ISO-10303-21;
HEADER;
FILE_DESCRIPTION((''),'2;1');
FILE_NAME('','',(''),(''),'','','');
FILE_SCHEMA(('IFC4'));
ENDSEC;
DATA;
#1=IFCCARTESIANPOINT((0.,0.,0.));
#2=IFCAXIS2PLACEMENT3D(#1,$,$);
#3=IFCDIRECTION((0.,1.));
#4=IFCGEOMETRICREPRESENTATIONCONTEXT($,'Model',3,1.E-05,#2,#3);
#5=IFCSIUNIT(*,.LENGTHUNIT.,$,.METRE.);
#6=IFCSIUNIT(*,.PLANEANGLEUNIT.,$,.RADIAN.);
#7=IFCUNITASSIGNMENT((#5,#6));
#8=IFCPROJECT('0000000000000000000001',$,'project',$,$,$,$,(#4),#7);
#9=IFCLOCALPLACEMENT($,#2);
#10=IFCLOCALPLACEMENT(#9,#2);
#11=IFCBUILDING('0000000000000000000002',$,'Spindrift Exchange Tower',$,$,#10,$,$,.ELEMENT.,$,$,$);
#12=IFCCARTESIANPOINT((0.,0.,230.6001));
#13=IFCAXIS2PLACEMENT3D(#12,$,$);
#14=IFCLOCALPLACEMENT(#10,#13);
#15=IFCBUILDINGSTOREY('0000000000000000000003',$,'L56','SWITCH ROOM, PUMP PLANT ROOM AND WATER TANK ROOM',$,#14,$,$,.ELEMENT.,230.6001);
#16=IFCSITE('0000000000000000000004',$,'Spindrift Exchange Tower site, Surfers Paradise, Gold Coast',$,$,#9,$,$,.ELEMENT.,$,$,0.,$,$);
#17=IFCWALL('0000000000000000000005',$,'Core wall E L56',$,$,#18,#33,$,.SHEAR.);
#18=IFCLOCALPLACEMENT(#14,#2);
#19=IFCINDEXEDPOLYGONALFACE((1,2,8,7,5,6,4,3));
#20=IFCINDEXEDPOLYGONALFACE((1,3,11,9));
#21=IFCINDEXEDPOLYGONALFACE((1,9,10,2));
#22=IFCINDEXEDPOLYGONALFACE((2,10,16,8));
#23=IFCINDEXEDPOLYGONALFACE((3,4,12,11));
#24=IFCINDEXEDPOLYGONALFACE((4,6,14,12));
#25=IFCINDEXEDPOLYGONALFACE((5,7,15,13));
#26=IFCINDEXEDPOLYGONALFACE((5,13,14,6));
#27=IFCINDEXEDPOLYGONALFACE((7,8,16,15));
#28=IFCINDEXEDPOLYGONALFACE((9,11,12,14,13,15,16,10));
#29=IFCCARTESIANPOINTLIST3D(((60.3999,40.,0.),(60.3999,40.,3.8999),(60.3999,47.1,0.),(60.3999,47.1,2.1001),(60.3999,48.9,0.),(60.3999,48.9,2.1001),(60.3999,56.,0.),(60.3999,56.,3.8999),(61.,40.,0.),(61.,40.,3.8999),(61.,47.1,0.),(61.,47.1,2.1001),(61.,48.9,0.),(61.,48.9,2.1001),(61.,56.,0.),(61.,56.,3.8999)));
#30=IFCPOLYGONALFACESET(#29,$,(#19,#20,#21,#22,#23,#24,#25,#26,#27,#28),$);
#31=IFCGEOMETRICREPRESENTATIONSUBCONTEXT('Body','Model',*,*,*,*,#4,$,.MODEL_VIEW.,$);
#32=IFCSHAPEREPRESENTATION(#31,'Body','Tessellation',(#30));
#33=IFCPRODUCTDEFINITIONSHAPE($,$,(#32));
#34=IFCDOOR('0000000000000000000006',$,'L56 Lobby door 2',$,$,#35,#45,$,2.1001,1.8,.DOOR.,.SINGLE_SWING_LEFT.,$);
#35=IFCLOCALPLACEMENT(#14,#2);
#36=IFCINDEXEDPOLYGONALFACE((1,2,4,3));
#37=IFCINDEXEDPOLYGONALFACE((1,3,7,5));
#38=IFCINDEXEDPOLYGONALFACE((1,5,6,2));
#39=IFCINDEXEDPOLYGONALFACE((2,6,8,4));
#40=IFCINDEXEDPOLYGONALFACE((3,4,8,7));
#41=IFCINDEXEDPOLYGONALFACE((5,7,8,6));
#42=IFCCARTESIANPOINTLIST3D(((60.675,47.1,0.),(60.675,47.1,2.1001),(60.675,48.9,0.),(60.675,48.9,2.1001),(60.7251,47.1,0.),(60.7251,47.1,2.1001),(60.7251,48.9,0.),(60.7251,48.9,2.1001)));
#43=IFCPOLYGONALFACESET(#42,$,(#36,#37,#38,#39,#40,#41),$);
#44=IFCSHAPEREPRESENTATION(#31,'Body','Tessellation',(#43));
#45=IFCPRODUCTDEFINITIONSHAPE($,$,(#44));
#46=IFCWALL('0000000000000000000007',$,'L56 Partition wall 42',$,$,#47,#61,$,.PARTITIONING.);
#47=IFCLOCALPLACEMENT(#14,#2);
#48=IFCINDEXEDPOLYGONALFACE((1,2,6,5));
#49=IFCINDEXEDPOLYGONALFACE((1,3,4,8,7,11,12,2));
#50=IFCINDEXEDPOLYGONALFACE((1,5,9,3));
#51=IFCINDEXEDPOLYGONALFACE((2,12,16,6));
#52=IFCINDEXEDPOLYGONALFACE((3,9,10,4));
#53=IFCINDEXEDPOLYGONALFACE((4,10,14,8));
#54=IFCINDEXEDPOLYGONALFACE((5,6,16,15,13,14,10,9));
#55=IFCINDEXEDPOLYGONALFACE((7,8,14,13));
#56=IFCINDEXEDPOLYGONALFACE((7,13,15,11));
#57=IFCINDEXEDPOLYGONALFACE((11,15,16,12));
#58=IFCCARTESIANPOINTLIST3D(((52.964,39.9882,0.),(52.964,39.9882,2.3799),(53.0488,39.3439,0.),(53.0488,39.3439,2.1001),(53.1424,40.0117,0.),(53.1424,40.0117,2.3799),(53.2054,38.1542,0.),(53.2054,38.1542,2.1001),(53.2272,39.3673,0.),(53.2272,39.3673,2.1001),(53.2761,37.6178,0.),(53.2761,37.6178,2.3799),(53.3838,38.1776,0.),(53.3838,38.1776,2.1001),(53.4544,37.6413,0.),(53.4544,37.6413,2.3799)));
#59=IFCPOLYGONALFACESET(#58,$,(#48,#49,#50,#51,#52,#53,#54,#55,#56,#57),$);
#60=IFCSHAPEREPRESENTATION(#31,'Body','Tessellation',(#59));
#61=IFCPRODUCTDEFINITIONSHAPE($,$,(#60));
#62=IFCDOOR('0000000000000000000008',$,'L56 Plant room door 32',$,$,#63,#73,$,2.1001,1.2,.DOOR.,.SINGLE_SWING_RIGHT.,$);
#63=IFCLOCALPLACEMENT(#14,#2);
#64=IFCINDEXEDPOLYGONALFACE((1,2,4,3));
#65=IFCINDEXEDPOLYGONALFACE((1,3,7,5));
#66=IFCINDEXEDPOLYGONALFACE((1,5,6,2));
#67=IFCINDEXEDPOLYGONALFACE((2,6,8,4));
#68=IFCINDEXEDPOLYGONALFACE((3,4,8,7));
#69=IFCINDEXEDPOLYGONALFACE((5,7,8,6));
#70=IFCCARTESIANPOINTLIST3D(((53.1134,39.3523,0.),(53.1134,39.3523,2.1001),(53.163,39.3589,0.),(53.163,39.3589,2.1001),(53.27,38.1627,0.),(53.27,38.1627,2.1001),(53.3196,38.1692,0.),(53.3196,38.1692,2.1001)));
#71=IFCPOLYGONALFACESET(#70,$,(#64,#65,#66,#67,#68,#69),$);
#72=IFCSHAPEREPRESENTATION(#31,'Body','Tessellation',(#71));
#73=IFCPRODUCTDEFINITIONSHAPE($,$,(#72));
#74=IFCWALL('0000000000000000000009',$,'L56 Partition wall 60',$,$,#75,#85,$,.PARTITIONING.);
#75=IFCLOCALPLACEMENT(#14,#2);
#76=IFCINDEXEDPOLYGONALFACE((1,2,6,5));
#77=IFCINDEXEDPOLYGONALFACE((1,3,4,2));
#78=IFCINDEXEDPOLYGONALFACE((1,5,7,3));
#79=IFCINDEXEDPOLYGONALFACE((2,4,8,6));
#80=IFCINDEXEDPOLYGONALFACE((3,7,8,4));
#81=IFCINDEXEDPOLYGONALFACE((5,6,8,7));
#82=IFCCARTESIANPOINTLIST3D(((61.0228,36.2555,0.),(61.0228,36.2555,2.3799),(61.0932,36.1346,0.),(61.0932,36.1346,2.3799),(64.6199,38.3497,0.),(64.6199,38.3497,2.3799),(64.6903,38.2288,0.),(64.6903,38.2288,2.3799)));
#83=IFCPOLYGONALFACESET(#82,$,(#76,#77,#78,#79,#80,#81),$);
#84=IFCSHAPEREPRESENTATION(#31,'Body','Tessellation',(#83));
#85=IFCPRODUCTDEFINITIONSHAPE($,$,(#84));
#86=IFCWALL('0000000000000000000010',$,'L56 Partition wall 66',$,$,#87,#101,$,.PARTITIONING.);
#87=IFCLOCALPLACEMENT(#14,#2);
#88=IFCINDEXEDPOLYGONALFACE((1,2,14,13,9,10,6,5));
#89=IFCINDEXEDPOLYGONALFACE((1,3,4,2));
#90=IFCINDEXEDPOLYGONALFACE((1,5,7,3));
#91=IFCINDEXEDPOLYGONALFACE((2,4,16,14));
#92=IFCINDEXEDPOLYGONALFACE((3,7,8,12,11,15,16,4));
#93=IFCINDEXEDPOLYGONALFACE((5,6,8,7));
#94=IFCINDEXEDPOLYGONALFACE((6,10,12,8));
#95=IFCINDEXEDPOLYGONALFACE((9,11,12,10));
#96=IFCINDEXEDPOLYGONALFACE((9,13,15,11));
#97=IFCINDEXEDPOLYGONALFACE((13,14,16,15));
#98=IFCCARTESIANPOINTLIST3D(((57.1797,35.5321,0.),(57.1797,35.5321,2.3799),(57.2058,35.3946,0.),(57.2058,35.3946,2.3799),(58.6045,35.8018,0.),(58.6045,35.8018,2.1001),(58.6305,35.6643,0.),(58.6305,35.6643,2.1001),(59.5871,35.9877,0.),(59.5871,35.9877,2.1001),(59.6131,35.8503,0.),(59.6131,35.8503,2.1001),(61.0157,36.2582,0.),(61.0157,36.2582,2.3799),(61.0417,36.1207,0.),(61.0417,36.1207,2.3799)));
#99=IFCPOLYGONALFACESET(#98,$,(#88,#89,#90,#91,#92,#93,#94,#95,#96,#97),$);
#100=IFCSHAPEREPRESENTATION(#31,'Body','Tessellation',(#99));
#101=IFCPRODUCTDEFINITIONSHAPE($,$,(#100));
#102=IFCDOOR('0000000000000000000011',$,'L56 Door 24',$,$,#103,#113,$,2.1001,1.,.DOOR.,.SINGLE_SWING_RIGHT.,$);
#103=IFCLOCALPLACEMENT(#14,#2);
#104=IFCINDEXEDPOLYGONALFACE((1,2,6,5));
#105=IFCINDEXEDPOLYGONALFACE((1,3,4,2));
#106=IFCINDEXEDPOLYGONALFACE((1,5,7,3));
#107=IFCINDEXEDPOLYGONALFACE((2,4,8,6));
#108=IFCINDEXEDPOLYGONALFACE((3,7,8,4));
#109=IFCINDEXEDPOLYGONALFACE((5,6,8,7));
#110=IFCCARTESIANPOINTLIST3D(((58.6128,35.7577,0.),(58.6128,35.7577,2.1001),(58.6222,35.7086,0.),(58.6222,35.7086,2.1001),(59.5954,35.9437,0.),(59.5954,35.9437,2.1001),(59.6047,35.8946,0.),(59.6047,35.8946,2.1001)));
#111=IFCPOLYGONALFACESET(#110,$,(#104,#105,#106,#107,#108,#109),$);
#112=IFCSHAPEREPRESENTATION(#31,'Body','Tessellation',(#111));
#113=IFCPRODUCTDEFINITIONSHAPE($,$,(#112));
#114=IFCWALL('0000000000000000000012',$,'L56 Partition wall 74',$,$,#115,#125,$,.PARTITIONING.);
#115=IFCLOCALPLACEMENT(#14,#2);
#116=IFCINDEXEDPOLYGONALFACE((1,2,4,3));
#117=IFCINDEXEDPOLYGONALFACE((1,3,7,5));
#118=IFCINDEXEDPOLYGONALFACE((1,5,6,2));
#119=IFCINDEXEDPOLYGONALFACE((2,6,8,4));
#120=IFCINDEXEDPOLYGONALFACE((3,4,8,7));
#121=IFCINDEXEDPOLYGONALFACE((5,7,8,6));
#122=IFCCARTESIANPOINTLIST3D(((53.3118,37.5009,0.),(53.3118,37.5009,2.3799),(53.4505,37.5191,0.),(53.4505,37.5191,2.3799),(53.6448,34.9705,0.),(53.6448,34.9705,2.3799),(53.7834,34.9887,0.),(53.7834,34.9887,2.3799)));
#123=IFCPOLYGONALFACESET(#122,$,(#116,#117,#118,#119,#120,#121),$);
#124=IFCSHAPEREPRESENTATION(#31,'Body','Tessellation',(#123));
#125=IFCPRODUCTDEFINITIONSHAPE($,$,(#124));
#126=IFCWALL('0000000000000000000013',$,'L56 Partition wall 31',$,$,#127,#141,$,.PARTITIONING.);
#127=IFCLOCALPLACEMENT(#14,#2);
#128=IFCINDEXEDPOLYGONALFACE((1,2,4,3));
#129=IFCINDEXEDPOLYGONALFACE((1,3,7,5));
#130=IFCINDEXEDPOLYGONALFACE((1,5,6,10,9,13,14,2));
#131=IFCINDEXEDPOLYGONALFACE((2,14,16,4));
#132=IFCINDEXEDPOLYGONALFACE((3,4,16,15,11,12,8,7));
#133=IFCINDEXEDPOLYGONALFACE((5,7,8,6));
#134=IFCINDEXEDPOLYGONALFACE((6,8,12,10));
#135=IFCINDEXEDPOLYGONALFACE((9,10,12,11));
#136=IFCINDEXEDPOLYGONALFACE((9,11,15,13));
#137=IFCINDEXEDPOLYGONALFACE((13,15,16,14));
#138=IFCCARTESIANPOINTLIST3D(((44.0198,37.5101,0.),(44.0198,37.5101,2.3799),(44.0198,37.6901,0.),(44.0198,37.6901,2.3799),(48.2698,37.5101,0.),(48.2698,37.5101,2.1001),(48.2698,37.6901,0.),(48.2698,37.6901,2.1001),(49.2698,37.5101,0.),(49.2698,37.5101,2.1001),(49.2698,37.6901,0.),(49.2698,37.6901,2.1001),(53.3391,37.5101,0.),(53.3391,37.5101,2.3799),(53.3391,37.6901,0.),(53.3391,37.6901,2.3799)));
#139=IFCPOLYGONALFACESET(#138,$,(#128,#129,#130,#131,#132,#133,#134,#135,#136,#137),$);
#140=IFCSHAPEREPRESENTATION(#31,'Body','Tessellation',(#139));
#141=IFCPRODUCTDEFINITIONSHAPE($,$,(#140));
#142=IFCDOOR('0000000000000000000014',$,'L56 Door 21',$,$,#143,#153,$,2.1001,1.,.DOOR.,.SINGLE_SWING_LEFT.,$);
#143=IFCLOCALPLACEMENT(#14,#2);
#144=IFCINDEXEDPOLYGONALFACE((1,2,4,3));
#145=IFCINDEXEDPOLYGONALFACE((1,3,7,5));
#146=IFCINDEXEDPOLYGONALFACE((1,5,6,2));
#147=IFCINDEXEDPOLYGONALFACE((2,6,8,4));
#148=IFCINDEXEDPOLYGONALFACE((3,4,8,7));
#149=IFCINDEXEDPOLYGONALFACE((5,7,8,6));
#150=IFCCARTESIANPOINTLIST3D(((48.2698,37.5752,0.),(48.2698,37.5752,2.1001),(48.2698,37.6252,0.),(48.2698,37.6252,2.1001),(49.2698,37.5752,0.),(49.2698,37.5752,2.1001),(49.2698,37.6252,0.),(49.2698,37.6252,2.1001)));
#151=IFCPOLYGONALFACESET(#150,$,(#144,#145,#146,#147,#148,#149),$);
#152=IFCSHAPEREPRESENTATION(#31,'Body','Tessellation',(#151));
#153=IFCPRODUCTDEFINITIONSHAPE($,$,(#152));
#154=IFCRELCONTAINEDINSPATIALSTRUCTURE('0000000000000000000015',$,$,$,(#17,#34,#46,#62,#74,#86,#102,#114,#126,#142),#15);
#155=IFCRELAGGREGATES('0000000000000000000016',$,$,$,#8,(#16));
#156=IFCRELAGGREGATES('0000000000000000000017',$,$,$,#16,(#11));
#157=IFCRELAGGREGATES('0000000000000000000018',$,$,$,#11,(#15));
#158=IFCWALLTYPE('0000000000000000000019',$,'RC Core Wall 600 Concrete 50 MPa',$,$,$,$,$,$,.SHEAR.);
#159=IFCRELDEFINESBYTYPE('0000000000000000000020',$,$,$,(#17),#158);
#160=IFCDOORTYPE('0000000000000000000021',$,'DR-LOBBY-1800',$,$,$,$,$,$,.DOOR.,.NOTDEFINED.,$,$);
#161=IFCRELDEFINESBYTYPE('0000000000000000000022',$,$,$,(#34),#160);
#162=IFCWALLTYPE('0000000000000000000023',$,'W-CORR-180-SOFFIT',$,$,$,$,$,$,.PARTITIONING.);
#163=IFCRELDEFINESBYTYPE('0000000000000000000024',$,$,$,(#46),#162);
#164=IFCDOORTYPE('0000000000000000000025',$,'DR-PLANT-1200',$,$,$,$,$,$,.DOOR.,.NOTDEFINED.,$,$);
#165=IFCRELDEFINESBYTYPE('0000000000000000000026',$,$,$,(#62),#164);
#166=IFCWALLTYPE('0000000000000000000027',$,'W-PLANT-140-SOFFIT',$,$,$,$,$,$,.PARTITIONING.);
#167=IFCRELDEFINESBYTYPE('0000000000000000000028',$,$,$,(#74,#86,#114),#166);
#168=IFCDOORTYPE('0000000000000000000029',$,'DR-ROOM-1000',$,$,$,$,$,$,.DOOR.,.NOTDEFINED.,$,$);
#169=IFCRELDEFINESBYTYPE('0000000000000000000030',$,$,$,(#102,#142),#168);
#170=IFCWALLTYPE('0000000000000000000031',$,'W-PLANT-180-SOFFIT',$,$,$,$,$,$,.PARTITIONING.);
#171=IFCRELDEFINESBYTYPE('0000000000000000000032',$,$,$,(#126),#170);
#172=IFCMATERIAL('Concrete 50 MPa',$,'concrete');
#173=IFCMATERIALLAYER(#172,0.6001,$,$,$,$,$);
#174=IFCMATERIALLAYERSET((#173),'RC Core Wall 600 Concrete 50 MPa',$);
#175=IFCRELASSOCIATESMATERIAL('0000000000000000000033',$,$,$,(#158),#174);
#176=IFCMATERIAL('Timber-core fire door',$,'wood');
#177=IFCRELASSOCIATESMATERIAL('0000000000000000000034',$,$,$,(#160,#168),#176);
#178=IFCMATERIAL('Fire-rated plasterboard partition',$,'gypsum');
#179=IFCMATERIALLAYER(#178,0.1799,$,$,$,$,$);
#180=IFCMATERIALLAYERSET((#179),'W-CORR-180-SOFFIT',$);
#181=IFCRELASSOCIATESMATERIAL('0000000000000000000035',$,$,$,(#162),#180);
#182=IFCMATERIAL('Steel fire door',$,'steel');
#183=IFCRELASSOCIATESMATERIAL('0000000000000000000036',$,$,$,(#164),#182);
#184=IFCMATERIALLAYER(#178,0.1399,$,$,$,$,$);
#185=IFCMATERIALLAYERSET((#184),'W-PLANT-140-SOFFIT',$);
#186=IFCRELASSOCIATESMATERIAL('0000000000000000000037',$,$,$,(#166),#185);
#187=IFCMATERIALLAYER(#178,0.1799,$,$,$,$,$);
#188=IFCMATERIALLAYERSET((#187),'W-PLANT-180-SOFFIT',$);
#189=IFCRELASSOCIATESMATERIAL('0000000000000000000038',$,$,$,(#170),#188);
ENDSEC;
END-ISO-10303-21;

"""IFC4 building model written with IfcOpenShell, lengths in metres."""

from ifc_helpers import new_model, si_unit, direction, frame, frame_2d, origin, place, context, subcontext, project, spatial, rectangle, extrude, source, transform, mapped, material, layer, layer_set, type_object, element, fill, save


model = new_model("IFC4")

# Units and contexts
model_context = context("Model", 3, precision=1e-05, world=origin(), true_north=direction((0.0, 1.0)))
body_context = subcontext(model_context, "Body", "Model", "MODEL_VIEW")
ifc_project = project(units=[si_unit("LENGTHUNIT", "METRE"), si_unit("PLANEANGLEUNIT", "RADIAN")], contexts=[model_context])

# Site, building, storey
site_placement = place(None, origin())
site = spatial("IfcSite", under=ifc_project, at=site_placement, Name="Spindrift Exchange Tower site, Surfers Paradise, Gold Coast", CompositionType="ELEMENT", RefElevation=0.0)
building_placement = place(site_placement, origin())
building = spatial("IfcBuilding", under=site, at=building_placement, Name="Spindrift Exchange Tower", CompositionType="ELEMENT")
storey_placement = place(building_placement, frame((0.0, 0.0, 230.6001)))
storey = spatial("IfcBuildingStorey", under=building, at=storey_placement, Name="L56", Description="SWITCH ROOM, PUMP PLANT ROOM AND WATER TANK ROOM", CompositionType="ELEMENT", Elevation=230.6001)

# Walls, openings, doors
ifc_material_1 = material(Name="Concrete 50 MPa", Category="concrete")
ifc_layer_1 = layer(ifc_material_1, 0.6001)
ifc_layer_set_1 = layer_set([ifc_layer_1], Name="RC Core Wall 600 Concrete 50 MPa")
wall_type_1 = type_object("IfcWallType", Name="RC Core Wall 600 Concrete 50 MPa", PredefinedType="SHEAR", material=ifc_layer_set_1)
wall_1_placement = place(storey_placement, frame((60.7, 40.0, 0.0), z_axis=(0.0, 0.0, 1.0), x_axis=(0.0, 1.0, 0.0)))
wall_1 = element("IfcWall", 1, at=wall_1_placement, inside=storey, type_object=wall_type_1, Name="Core wall E L56", PredefinedType="SHEAR", context=body_context, shape_type="SweptSolid", body=[
    extrude(rectangle(XDim=16.0, YDim=0.6001, at=frame_2d((8.0, 0.0))), origin(), (0.0, 0.0, 1.0), 3.8999),
])
opening_1_placement = place(wall_1_placement, frame((7.1001, 0.0, 0.0)))
opening_1 = element("IfcOpeningElement", 2, at=opening_1_placement, cuts=wall_1, PredefinedType="OPENING", context=body_context, shape_type="SweptSolid", body=[
    extrude(rectangle(XDim=1.8, YDim=2.1001, at=frame_2d((0.8999, 1.05))), frame((0.0, 0.3101, 0.0), z_axis=(0.0, -1.0, 0.0), x_axis=(1.0, 0.0, 0.0)), (0.0, 0.0, 1.0), 0.6201),
])
ifc_material_2 = material(Name="Timber-core fire door", Category="wood")
door_type_1 = type_object("IfcDoorType", Name="DR-LOBBY-1800", OperationType="NOTDEFINED", PredefinedType="DOOR", material=ifc_material_2)
shared_shape_1 = source(origin(), body_context, "Body", "SweptSolid", [
    extrude(rectangle(XDim=1.8, YDim=2.1001, at=frame_2d((0.8999, 1.05))), frame((0.0, 0.0249, 0.0), z_axis=(0.0, -1.0, 0.0), x_axis=(1.0, 0.0, 0.0)), (0.0, 0.0, 1.0), 0.05),
])
door_1_placement = place(opening_1_placement, origin())
door_1 = element("IfcDoor", 3, at=door_1_placement, inside=storey, type_object=door_type_1, Name="L56 Lobby door 2", OperationType="SINGLE_SWING_LEFT", OverallHeight=2.1001, OverallWidth=1.8, PredefinedType="DOOR", context=body_context, shape_type="MappedRepresentation", body=[
    mapped(shared_shape_1, transform((0.0, 0.0, 0.0), scale=1.0)),
])
fill(opening_1, door_1)
ifc_material_3 = material(Name="Fire-rated plasterboard partition", Category="gypsum")
ifc_layer_2 = layer(ifc_material_3, 0.1799)
ifc_layer_set_2 = layer_set([ifc_layer_2], Name="W-CORR-180-SOFFIT")
wall_type_2 = type_object("IfcWallType", Name="W-CORR-180-SOFFIT", PredefinedType="PARTITIONING", material=ifc_layer_set_2)
wall_2_placement = place(storey_placement, frame((53.3652, 37.6296, 0.0), z_axis=(0.0, 0.0, 1.0), x_axis=(-0.130505, 0.991448, 0.0)))
wall_2 = element("IfcWall", 4, at=wall_2_placement, inside=storey, type_object=wall_type_2, Name="L56 Partition wall 42", PredefinedType="PARTITIONING", context=body_context, shape_type="SweptSolid", body=[
    extrude(rectangle(XDim=2.3909, YDim=0.1799, at=frame_2d((1.1953, 0.0))), origin(), (0.0, 0.0, 1.0), 2.3799),
])
opening_2_placement = place(wall_2_placement, frame((0.5408, 0.0, 0.0)))
opening_2 = element("IfcOpeningElement", 5, at=opening_2_placement, cuts=wall_2, PredefinedType="OPENING", context=body_context, shape_type="SweptSolid", body=[
    extrude(rectangle(XDim=1.2, YDim=2.1001, at=frame_2d((0.6001, 1.05))), frame((0.0, 0.0999, 0.0), z_axis=(0.0, -1.0, 0.0), x_axis=(1.0, 0.0, 0.0)), (0.0, 0.0, 1.0), 0.2),
])
ifc_material_4 = material(Name="Steel fire door", Category="steel")
door_type_2 = type_object("IfcDoorType", Name="DR-PLANT-1200", OperationType="NOTDEFINED", PredefinedType="DOOR", material=ifc_material_4)
shared_shape_2 = source(origin(), body_context, "Body", "SweptSolid", [
    extrude(rectangle(XDim=1.2, YDim=2.1001, at=frame_2d((0.6001, 1.05))), frame((0.0, 0.0249, 0.0), z_axis=(0.0, -1.0, 0.0), x_axis=(1.0, 0.0, 0.0)), (0.0, 0.0, 1.0), 0.05),
])
door_2_placement = place(opening_2_placement, origin())
door_2 = element("IfcDoor", 6, at=door_2_placement, inside=storey, type_object=door_type_2, Name="L56 Plant room door 32", OperationType="SINGLE_SWING_RIGHT", OverallHeight=2.1001, OverallWidth=1.2, PredefinedType="DOOR", context=body_context, shape_type="MappedRepresentation", body=[
    mapped(shared_shape_2, transform((0.0, 0.0, 0.0), scale=1.0)),
])
fill(opening_2, door_2)

# Wall
ifc_layer_3 = layer(ifc_material_3, 0.1399)
ifc_layer_set_3 = layer_set([ifc_layer_3], Name="W-PLANT-140-SOFFIT")
wall_type_3 = type_object("IfcWallType", Name="W-PLANT-140-SOFFIT", PredefinedType="PARTITIONING", material=ifc_layer_set_3)
wall_3_placement = place(storey_placement, frame((61.0581, 36.1951, 0.0), z_axis=(0.0, 0.0, 1.0), x_axis=(0.864208, 0.503134, 0.0)))
element("IfcWall", 7, at=wall_3_placement, inside=storey, type_object=wall_type_3, Name="L56 Partition wall 60", PredefinedType="PARTITIONING", context=body_context, shape_type="SweptSolid", body=[
    extrude(rectangle(XDim=4.1624, YDim=0.1399, at=frame_2d((2.0811, 0.0))), origin(), (0.0, 0.0, 1.0), 2.3799),
])

# Wall, opening, door
wall_4_placement = place(storey_placement, frame((61.0288, 36.1895, 0.0), z_axis=(0.0, 0.0, 1.0), x_axis=(-0.982554, -0.18598, 0.0)))
wall_4 = element("IfcWall", 8, at=wall_4_placement, inside=storey, type_object=wall_type_3, Name="L56 Partition wall 66", PredefinedType="PARTITIONING", context=body_context, shape_type="SweptSolid", body=[
    extrude(rectangle(XDim=3.9041, YDim=0.1399, at=frame_2d((1.9521, 0.0))), origin(), (0.0, 0.0, 1.0), 2.3799),
])
opening_3_placement = place(wall_4_placement, frame((1.4541, 0.0, 0.0)))
opening_3 = element("IfcOpeningElement", 9, at=opening_3_placement, cuts=wall_4, PredefinedType="OPENING", context=body_context, shape_type="SweptSolid", body=[
    extrude(rectangle(XDim=1.0, YDim=2.1001, at=frame_2d((0.5, 1.05))), frame((0.0, 0.0798, 0.0), z_axis=(0.0, -1.0, 0.0), x_axis=(1.0, 0.0, 0.0)), (0.0, 0.0, 1.0), 0.1599),
])
door_type_3 = type_object("IfcDoorType", Name="DR-ROOM-1000", OperationType="NOTDEFINED", PredefinedType="DOOR", material=ifc_material_2)
shared_shape_3 = source(origin(), body_context, "Body", "SweptSolid", [
    extrude(rectangle(XDim=1.0, YDim=2.1001, at=frame_2d((0.5, 1.05))), frame((0.0, 0.0249, 0.0), z_axis=(0.0, -1.0, 0.0), x_axis=(1.0, 0.0, 0.0)), (0.0, 0.0, 1.0), 0.05),
])
door_3_placement = place(opening_3_placement, origin())
door_3 = element("IfcDoor", 10, at=door_3_placement, inside=storey, type_object=door_type_3, Name="L56 Door 24", OperationType="SINGLE_SWING_RIGHT", OverallHeight=2.1001, OverallWidth=1.0, PredefinedType="DOOR", context=body_context, shape_type="MappedRepresentation", body=[
    mapped(shared_shape_3, transform((0.0, 0.0, 0.0), scale=1.0)),
])
fill(opening_3, door_3)

# Wall
wall_5_placement = place(storey_placement, frame((53.3811, 37.51, 0.0), z_axis=(0.0, 0.0, 1.0), x_axis=(0.130472, -0.991452, 0.0)))
element("IfcWall", 11, at=wall_5_placement, inside=storey, type_object=wall_type_3, Name="L56 Partition wall 74", PredefinedType="PARTITIONING", context=body_context, shape_type="SweptSolid", body=[
    extrude(rectangle(XDim=2.5522, YDim=0.1399, at=frame_2d((1.2761, 0.0))), origin(), (0.0, 0.0, 1.0), 2.3799),
])

# Wall, opening, door
ifc_layer_4 = layer(ifc_material_3, 0.1799)
ifc_layer_set_4 = layer_set([ifc_layer_4], Name="W-PLANT-180-SOFFIT")
wall_type_4 = type_object("IfcWallType", Name="W-PLANT-180-SOFFIT", PredefinedType="PARTITIONING", material=ifc_layer_set_4)
wall_6_placement = place(storey_placement, frame((53.3391, 37.6001, 0.0), z_axis=(0.0, 0.0, 1.0), x_axis=(-1.0, 0.0, 0.0)))
wall_6 = element("IfcWall", 12, at=wall_6_placement, inside=storey, type_object=wall_type_4, Name="L56 Partition wall 31", PredefinedType="PARTITIONING", context=body_context, shape_type="SweptSolid", body=[
    extrude(rectangle(XDim=9.3193, YDim=0.1799, at=frame_2d((4.6597, 0.0))), origin(), (0.0, 0.0, 1.0), 2.3799),
])
opening_4_placement = place(wall_6_placement, frame((4.0693, 0.0, 0.0)))
opening_4 = element("IfcOpeningElement", 13, at=opening_4_placement, cuts=wall_6, PredefinedType="OPENING", context=body_context, shape_type="SweptSolid", body=[
    extrude(rectangle(XDim=1.0, YDim=2.1001, at=frame_2d((0.5, 1.05))), frame((0.0, 0.0999, 0.0), z_axis=(0.0, -1.0, 0.0), x_axis=(1.0, 0.0, 0.0)), (0.0, 0.0, 1.0), 0.2),
])
door_4_placement = place(opening_4_placement, origin())
door_4 = element("IfcDoor", 14, at=door_4_placement, inside=storey, type_object=door_type_3, Name="L56 Door 21", OperationType="SINGLE_SWING_LEFT", OverallHeight=2.1001, OverallWidth=1.0, PredefinedType="DOOR", context=body_context, shape_type="MappedRepresentation", body=[
    mapped(shared_shape_3, transform((0.0, 0.0, 0.0), scale=1.0)),
])
fill(opening_4, door_4)

save(model, "model.ifc")
